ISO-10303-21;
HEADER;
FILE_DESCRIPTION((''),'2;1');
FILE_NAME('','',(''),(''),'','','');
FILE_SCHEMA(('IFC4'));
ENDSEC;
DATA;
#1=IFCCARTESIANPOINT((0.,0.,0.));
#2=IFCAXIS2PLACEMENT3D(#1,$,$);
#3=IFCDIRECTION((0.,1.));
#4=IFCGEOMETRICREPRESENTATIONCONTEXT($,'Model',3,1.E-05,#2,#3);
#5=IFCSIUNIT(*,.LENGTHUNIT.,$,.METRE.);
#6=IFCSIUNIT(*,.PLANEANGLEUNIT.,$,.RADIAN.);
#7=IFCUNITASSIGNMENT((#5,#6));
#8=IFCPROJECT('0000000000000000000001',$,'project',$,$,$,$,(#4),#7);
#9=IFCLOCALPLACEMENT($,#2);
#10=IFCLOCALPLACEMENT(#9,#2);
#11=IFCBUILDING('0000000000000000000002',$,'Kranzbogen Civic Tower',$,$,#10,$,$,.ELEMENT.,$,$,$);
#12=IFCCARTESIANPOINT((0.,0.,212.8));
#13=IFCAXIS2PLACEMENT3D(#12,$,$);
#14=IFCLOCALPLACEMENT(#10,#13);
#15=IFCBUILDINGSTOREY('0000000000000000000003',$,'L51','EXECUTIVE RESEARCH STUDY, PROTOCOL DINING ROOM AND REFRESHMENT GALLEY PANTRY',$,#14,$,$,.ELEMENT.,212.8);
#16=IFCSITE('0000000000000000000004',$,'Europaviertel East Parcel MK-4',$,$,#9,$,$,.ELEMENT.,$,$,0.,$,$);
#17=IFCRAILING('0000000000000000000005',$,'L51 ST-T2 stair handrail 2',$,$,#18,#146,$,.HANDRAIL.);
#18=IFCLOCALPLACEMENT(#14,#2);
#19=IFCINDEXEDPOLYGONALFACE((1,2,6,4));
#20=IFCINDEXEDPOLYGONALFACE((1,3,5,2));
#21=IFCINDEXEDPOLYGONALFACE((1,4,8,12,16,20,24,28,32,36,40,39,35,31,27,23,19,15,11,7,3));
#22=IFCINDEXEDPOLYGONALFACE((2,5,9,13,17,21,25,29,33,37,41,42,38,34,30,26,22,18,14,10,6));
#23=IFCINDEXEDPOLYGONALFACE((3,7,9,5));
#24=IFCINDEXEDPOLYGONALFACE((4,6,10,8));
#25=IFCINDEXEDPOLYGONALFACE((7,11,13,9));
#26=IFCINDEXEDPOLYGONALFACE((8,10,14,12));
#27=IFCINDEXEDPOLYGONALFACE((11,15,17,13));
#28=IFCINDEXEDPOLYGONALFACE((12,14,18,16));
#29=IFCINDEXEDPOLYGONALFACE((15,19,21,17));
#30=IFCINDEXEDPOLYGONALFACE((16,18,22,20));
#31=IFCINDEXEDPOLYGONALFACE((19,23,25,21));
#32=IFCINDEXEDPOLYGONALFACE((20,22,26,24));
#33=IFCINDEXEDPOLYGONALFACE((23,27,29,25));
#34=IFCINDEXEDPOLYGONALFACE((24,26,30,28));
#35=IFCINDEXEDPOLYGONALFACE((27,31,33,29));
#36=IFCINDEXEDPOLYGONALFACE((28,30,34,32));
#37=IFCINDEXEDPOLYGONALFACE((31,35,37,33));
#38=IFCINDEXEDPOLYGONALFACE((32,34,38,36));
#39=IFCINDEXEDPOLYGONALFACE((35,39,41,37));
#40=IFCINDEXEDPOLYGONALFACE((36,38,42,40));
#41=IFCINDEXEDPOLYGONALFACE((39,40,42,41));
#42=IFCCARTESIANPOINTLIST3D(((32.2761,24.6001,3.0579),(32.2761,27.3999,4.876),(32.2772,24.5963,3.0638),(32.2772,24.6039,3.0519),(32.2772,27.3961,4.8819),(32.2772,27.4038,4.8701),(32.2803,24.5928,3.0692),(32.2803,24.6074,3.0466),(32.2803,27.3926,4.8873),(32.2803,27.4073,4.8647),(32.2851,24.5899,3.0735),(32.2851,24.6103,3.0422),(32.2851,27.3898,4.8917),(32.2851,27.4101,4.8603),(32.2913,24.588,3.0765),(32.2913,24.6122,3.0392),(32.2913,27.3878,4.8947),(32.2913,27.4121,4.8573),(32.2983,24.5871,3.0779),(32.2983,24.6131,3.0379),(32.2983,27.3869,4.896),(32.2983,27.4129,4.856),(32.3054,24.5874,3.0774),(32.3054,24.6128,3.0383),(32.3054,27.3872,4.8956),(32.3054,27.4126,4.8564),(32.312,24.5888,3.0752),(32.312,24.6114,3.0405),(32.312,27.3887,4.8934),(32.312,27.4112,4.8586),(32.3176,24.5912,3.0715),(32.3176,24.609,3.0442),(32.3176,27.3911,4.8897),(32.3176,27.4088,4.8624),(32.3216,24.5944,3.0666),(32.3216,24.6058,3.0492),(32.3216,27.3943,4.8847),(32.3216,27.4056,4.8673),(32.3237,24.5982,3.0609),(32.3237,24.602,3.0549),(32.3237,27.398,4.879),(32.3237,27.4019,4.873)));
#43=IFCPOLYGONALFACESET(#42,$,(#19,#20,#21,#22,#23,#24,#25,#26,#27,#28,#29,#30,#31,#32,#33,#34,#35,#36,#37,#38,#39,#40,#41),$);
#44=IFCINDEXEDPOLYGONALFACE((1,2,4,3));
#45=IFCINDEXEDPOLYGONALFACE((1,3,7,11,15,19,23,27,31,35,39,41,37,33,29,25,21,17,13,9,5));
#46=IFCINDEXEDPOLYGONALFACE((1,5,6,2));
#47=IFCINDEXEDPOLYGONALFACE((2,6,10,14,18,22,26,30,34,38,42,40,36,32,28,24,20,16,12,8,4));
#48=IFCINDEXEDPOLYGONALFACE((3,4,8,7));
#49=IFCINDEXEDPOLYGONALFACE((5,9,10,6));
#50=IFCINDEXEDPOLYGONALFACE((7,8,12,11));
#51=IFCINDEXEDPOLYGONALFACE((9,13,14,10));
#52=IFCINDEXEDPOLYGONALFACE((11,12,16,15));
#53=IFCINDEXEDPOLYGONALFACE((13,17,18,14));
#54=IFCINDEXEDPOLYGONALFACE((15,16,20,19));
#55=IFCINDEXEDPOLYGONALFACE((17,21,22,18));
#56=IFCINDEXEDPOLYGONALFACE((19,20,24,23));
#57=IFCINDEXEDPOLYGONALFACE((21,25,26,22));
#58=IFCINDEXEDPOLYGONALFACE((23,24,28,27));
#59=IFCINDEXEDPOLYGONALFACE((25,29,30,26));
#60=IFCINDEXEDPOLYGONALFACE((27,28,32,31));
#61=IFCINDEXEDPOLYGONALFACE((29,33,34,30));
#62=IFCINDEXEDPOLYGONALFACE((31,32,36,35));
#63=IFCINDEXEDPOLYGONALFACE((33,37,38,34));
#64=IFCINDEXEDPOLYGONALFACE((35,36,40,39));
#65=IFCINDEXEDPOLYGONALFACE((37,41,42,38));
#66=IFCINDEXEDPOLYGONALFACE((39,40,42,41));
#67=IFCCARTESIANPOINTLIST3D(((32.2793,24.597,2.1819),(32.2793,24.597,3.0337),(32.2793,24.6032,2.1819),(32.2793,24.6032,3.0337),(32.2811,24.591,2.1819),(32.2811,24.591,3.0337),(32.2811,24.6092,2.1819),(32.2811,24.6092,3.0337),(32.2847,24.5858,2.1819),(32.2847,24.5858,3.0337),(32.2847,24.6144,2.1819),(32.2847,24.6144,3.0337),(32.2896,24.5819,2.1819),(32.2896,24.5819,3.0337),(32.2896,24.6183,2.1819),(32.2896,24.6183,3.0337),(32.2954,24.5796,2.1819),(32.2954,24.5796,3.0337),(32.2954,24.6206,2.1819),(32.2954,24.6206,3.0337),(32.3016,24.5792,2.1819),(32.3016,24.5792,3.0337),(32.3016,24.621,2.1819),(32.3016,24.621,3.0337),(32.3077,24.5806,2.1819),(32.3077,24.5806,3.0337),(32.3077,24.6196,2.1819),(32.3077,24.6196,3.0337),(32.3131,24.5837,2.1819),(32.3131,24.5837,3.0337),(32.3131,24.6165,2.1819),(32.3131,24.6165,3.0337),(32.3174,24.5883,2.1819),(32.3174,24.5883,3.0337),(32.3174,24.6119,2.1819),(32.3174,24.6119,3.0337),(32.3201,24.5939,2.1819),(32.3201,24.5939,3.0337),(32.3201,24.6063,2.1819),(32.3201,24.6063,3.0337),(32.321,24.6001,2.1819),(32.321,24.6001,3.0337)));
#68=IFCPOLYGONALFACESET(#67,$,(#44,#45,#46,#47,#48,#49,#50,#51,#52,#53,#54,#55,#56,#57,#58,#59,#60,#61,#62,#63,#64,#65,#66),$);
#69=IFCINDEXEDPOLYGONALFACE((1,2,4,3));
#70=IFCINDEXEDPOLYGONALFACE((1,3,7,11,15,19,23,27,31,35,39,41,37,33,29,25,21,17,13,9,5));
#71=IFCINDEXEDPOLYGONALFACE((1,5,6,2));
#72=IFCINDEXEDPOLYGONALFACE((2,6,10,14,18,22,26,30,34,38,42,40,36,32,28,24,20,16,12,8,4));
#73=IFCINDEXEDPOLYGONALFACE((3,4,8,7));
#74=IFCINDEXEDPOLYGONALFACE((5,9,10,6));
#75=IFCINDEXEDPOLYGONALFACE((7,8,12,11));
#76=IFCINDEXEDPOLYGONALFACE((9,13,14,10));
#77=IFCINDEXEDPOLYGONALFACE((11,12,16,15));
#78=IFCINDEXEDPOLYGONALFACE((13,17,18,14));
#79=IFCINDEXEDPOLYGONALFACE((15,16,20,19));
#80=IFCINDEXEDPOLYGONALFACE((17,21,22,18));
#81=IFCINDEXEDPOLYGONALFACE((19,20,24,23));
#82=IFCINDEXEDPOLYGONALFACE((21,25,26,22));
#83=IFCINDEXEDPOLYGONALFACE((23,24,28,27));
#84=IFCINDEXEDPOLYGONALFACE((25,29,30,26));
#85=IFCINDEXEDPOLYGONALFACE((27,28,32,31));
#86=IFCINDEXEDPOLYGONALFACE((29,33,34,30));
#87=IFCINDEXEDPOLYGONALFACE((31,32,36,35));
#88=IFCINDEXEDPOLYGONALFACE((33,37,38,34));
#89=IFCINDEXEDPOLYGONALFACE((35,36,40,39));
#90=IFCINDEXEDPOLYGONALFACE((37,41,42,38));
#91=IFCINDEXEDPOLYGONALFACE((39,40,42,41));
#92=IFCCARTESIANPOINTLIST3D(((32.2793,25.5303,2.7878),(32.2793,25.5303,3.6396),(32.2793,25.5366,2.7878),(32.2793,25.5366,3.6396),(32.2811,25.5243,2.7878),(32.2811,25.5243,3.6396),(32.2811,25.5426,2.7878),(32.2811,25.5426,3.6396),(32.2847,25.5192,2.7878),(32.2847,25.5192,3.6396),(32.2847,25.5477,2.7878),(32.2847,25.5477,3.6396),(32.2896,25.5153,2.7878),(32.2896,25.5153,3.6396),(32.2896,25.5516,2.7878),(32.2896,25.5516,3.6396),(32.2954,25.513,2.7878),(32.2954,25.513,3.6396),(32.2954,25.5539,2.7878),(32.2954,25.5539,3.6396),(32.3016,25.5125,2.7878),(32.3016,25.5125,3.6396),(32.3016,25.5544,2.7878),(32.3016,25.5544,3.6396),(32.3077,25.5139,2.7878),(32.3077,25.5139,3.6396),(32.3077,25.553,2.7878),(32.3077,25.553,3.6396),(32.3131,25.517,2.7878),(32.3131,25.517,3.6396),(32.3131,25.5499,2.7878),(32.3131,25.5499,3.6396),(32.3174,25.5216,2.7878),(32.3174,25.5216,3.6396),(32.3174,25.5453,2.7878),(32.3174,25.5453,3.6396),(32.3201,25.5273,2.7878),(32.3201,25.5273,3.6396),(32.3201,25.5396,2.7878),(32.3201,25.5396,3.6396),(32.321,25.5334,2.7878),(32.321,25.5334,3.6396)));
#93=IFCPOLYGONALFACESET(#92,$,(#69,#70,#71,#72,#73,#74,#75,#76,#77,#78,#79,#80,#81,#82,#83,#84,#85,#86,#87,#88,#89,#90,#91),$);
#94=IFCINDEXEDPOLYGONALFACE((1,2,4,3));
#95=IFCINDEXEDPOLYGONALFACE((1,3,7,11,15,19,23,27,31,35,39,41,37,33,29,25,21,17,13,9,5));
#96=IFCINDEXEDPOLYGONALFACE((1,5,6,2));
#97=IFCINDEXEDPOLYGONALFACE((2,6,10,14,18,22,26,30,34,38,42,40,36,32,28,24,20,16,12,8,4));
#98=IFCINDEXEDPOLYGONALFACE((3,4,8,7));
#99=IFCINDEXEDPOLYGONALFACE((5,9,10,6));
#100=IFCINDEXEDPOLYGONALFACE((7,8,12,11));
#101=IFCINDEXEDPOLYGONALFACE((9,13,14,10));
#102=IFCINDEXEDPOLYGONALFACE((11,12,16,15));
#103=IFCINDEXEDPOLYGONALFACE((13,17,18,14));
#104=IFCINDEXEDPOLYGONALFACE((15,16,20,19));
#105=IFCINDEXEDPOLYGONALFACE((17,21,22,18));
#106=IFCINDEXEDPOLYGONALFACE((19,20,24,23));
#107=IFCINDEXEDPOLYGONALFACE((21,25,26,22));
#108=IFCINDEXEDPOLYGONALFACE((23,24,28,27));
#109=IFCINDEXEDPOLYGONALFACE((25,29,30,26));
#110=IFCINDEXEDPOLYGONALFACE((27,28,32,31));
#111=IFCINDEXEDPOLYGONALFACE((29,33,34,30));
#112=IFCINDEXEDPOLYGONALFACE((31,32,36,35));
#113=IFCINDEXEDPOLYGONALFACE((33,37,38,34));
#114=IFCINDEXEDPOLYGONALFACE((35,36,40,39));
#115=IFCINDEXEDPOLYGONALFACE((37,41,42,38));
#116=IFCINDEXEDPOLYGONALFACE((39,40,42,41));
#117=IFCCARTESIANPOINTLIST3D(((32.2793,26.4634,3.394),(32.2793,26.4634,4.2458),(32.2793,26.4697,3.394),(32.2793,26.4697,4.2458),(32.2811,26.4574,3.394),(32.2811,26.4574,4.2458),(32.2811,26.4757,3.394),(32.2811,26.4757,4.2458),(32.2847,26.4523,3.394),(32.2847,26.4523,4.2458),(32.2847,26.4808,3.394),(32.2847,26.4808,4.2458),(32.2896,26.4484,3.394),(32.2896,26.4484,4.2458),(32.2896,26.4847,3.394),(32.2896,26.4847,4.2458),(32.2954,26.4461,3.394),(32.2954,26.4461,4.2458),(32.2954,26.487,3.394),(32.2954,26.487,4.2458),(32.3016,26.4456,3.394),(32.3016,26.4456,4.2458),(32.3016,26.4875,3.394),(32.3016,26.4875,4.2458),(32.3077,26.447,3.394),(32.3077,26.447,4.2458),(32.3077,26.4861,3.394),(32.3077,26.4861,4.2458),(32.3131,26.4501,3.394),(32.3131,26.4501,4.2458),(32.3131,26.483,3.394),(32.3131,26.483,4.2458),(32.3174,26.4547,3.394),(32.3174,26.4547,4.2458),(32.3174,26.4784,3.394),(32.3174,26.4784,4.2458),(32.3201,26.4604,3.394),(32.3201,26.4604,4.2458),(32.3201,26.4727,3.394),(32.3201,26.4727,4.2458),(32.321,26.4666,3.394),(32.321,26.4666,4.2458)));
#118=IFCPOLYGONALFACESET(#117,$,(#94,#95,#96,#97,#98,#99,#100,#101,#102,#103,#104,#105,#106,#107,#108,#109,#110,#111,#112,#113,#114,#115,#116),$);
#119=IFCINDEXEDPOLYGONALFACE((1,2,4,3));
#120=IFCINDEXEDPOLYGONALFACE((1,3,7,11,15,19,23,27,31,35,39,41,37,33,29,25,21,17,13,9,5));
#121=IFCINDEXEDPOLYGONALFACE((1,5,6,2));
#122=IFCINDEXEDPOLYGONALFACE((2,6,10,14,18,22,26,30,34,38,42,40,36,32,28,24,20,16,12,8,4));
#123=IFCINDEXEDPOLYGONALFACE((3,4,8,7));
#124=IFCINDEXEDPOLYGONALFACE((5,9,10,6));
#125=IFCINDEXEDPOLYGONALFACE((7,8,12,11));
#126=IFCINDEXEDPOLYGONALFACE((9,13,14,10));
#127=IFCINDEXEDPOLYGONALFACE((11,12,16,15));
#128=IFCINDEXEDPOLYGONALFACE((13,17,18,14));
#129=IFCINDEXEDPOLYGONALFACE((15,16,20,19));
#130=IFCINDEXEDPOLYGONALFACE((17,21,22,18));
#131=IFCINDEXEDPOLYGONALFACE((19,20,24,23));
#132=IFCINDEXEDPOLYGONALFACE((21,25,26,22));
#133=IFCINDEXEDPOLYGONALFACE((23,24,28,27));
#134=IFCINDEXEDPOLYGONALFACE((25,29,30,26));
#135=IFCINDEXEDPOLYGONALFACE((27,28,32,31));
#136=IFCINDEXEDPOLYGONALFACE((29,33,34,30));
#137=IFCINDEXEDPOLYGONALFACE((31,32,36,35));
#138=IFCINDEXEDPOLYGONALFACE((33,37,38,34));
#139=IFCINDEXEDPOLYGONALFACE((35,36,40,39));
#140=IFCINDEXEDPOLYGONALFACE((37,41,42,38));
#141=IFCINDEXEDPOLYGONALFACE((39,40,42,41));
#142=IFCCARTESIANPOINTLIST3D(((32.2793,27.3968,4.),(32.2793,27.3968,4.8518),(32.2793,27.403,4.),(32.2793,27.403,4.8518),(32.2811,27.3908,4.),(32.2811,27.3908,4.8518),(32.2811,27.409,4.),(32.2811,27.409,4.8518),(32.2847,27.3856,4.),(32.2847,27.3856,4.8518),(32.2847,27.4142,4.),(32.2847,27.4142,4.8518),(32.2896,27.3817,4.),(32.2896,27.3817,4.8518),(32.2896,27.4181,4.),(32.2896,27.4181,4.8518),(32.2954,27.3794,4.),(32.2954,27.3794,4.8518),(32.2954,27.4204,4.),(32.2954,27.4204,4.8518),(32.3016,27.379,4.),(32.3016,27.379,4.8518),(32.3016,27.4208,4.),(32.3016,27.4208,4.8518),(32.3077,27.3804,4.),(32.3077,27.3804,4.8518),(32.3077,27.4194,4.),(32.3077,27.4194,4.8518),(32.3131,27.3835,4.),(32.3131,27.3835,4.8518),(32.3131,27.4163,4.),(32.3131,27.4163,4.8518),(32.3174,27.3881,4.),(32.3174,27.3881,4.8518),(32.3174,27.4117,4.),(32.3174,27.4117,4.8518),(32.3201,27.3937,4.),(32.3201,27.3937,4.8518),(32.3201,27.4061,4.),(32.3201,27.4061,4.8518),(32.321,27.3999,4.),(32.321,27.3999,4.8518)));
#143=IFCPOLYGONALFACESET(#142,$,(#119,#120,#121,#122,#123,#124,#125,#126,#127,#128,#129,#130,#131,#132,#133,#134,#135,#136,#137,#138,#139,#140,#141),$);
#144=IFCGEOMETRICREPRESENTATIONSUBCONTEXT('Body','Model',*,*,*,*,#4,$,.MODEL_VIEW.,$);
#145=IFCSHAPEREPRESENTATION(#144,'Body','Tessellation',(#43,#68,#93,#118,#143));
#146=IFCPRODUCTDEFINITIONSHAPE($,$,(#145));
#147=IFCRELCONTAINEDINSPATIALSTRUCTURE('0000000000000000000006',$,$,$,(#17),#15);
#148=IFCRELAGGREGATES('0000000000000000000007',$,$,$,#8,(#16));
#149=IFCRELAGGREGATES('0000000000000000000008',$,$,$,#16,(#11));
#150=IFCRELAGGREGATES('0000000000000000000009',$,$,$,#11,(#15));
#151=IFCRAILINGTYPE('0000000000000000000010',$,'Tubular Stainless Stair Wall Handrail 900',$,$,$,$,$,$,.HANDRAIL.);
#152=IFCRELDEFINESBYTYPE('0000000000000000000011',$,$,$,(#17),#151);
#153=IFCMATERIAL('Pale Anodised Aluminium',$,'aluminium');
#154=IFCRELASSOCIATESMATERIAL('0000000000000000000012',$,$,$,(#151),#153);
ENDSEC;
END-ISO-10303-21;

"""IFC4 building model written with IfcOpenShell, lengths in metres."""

from ifc_helpers import new_model, si_unit, direction, frame, origin, origin_2d, place, context, subcontext, project, spatial, circle, extrude, material, type_object, element, save


model = new_model("IFC4")

# Units and contexts
model_context = context("Model", 3, precision=1e-05, world=origin(), true_north=direction((0.0, 1.0)))
body_context = subcontext(model_context, "Body", "Model", "MODEL_VIEW")
ifc_project = project(units=[si_unit("LENGTHUNIT", "METRE"), si_unit("PLANEANGLEUNIT", "RADIAN")], contexts=[model_context])

# Site, building, storey
site_placement = place(None, origin())
site = spatial("IfcSite", under=ifc_project, at=site_placement, Name="Europaviertel East Parcel MK-4", CompositionType="ELEMENT", RefElevation=0.0)
building_placement = place(site_placement, origin())
building = spatial("IfcBuilding", under=site, at=building_placement, Name="Kranzbogen Civic Tower", CompositionType="ELEMENT")
storey_placement = place(building_placement, frame((0.0, 0.0, 212.8)))
storey = spatial("IfcBuildingStorey", under=building, at=storey_placement, Name="L51", Description="EXECUTIVE RESEARCH STUDY, PROTOCOL DINING ROOM AND REFRESHMENT GALLEY PANTRY", CompositionType="ELEMENT", Elevation=212.8)

# Shared definitions
ifc_material_1 = material(Name="Pale Anodised Aluminium", Category="aluminium")

# Railing
railing_type_1 = type_object("IfcRailingType", Name="Tubular Stainless Stair Wall Handrail 900", PredefinedType="HANDRAIL", material=ifc_material_1)
railing_1_placement = place(storey_placement, frame((32.3, 24.6001, 2.1819)))
element("IfcRailing", 1, at=railing_1_placement, inside=storey, type_object=railing_type_1, Name="L51 ST-T2 stair handrail 2", PredefinedType="HANDRAIL", context=body_context, shape_type="SweptSolid", body=[
    extrude(circle(Radius=0.0239, at=origin_2d()), frame((0.0, 0.0, 0.876), z_axis=(0.0, 0.838684, 0.544618), x_axis=(-1.0, 0.0, 0.0)), (0.0, 0.0, 1.0), 3.3384),
    extrude(circle(Radius=0.021, at=origin_2d()), origin(), (0.0, 0.0, 1.0), 0.8518),
    extrude(circle(Radius=0.021, at=origin_2d()), frame((0.0, 0.9333, 0.606)), (0.0, 0.0, 1.0), 0.8518),
    extrude(circle(Radius=0.021, at=origin_2d()), frame((0.0, 1.8665, 1.2122)), (0.0, 0.0, 1.0), 0.8518),
    extrude(circle(Radius=0.021, at=origin_2d()), frame((0.0, 2.7998, 1.8181)), (0.0, 0.0, 1.0), 0.8518),
])

save(model, "model.ifc")
